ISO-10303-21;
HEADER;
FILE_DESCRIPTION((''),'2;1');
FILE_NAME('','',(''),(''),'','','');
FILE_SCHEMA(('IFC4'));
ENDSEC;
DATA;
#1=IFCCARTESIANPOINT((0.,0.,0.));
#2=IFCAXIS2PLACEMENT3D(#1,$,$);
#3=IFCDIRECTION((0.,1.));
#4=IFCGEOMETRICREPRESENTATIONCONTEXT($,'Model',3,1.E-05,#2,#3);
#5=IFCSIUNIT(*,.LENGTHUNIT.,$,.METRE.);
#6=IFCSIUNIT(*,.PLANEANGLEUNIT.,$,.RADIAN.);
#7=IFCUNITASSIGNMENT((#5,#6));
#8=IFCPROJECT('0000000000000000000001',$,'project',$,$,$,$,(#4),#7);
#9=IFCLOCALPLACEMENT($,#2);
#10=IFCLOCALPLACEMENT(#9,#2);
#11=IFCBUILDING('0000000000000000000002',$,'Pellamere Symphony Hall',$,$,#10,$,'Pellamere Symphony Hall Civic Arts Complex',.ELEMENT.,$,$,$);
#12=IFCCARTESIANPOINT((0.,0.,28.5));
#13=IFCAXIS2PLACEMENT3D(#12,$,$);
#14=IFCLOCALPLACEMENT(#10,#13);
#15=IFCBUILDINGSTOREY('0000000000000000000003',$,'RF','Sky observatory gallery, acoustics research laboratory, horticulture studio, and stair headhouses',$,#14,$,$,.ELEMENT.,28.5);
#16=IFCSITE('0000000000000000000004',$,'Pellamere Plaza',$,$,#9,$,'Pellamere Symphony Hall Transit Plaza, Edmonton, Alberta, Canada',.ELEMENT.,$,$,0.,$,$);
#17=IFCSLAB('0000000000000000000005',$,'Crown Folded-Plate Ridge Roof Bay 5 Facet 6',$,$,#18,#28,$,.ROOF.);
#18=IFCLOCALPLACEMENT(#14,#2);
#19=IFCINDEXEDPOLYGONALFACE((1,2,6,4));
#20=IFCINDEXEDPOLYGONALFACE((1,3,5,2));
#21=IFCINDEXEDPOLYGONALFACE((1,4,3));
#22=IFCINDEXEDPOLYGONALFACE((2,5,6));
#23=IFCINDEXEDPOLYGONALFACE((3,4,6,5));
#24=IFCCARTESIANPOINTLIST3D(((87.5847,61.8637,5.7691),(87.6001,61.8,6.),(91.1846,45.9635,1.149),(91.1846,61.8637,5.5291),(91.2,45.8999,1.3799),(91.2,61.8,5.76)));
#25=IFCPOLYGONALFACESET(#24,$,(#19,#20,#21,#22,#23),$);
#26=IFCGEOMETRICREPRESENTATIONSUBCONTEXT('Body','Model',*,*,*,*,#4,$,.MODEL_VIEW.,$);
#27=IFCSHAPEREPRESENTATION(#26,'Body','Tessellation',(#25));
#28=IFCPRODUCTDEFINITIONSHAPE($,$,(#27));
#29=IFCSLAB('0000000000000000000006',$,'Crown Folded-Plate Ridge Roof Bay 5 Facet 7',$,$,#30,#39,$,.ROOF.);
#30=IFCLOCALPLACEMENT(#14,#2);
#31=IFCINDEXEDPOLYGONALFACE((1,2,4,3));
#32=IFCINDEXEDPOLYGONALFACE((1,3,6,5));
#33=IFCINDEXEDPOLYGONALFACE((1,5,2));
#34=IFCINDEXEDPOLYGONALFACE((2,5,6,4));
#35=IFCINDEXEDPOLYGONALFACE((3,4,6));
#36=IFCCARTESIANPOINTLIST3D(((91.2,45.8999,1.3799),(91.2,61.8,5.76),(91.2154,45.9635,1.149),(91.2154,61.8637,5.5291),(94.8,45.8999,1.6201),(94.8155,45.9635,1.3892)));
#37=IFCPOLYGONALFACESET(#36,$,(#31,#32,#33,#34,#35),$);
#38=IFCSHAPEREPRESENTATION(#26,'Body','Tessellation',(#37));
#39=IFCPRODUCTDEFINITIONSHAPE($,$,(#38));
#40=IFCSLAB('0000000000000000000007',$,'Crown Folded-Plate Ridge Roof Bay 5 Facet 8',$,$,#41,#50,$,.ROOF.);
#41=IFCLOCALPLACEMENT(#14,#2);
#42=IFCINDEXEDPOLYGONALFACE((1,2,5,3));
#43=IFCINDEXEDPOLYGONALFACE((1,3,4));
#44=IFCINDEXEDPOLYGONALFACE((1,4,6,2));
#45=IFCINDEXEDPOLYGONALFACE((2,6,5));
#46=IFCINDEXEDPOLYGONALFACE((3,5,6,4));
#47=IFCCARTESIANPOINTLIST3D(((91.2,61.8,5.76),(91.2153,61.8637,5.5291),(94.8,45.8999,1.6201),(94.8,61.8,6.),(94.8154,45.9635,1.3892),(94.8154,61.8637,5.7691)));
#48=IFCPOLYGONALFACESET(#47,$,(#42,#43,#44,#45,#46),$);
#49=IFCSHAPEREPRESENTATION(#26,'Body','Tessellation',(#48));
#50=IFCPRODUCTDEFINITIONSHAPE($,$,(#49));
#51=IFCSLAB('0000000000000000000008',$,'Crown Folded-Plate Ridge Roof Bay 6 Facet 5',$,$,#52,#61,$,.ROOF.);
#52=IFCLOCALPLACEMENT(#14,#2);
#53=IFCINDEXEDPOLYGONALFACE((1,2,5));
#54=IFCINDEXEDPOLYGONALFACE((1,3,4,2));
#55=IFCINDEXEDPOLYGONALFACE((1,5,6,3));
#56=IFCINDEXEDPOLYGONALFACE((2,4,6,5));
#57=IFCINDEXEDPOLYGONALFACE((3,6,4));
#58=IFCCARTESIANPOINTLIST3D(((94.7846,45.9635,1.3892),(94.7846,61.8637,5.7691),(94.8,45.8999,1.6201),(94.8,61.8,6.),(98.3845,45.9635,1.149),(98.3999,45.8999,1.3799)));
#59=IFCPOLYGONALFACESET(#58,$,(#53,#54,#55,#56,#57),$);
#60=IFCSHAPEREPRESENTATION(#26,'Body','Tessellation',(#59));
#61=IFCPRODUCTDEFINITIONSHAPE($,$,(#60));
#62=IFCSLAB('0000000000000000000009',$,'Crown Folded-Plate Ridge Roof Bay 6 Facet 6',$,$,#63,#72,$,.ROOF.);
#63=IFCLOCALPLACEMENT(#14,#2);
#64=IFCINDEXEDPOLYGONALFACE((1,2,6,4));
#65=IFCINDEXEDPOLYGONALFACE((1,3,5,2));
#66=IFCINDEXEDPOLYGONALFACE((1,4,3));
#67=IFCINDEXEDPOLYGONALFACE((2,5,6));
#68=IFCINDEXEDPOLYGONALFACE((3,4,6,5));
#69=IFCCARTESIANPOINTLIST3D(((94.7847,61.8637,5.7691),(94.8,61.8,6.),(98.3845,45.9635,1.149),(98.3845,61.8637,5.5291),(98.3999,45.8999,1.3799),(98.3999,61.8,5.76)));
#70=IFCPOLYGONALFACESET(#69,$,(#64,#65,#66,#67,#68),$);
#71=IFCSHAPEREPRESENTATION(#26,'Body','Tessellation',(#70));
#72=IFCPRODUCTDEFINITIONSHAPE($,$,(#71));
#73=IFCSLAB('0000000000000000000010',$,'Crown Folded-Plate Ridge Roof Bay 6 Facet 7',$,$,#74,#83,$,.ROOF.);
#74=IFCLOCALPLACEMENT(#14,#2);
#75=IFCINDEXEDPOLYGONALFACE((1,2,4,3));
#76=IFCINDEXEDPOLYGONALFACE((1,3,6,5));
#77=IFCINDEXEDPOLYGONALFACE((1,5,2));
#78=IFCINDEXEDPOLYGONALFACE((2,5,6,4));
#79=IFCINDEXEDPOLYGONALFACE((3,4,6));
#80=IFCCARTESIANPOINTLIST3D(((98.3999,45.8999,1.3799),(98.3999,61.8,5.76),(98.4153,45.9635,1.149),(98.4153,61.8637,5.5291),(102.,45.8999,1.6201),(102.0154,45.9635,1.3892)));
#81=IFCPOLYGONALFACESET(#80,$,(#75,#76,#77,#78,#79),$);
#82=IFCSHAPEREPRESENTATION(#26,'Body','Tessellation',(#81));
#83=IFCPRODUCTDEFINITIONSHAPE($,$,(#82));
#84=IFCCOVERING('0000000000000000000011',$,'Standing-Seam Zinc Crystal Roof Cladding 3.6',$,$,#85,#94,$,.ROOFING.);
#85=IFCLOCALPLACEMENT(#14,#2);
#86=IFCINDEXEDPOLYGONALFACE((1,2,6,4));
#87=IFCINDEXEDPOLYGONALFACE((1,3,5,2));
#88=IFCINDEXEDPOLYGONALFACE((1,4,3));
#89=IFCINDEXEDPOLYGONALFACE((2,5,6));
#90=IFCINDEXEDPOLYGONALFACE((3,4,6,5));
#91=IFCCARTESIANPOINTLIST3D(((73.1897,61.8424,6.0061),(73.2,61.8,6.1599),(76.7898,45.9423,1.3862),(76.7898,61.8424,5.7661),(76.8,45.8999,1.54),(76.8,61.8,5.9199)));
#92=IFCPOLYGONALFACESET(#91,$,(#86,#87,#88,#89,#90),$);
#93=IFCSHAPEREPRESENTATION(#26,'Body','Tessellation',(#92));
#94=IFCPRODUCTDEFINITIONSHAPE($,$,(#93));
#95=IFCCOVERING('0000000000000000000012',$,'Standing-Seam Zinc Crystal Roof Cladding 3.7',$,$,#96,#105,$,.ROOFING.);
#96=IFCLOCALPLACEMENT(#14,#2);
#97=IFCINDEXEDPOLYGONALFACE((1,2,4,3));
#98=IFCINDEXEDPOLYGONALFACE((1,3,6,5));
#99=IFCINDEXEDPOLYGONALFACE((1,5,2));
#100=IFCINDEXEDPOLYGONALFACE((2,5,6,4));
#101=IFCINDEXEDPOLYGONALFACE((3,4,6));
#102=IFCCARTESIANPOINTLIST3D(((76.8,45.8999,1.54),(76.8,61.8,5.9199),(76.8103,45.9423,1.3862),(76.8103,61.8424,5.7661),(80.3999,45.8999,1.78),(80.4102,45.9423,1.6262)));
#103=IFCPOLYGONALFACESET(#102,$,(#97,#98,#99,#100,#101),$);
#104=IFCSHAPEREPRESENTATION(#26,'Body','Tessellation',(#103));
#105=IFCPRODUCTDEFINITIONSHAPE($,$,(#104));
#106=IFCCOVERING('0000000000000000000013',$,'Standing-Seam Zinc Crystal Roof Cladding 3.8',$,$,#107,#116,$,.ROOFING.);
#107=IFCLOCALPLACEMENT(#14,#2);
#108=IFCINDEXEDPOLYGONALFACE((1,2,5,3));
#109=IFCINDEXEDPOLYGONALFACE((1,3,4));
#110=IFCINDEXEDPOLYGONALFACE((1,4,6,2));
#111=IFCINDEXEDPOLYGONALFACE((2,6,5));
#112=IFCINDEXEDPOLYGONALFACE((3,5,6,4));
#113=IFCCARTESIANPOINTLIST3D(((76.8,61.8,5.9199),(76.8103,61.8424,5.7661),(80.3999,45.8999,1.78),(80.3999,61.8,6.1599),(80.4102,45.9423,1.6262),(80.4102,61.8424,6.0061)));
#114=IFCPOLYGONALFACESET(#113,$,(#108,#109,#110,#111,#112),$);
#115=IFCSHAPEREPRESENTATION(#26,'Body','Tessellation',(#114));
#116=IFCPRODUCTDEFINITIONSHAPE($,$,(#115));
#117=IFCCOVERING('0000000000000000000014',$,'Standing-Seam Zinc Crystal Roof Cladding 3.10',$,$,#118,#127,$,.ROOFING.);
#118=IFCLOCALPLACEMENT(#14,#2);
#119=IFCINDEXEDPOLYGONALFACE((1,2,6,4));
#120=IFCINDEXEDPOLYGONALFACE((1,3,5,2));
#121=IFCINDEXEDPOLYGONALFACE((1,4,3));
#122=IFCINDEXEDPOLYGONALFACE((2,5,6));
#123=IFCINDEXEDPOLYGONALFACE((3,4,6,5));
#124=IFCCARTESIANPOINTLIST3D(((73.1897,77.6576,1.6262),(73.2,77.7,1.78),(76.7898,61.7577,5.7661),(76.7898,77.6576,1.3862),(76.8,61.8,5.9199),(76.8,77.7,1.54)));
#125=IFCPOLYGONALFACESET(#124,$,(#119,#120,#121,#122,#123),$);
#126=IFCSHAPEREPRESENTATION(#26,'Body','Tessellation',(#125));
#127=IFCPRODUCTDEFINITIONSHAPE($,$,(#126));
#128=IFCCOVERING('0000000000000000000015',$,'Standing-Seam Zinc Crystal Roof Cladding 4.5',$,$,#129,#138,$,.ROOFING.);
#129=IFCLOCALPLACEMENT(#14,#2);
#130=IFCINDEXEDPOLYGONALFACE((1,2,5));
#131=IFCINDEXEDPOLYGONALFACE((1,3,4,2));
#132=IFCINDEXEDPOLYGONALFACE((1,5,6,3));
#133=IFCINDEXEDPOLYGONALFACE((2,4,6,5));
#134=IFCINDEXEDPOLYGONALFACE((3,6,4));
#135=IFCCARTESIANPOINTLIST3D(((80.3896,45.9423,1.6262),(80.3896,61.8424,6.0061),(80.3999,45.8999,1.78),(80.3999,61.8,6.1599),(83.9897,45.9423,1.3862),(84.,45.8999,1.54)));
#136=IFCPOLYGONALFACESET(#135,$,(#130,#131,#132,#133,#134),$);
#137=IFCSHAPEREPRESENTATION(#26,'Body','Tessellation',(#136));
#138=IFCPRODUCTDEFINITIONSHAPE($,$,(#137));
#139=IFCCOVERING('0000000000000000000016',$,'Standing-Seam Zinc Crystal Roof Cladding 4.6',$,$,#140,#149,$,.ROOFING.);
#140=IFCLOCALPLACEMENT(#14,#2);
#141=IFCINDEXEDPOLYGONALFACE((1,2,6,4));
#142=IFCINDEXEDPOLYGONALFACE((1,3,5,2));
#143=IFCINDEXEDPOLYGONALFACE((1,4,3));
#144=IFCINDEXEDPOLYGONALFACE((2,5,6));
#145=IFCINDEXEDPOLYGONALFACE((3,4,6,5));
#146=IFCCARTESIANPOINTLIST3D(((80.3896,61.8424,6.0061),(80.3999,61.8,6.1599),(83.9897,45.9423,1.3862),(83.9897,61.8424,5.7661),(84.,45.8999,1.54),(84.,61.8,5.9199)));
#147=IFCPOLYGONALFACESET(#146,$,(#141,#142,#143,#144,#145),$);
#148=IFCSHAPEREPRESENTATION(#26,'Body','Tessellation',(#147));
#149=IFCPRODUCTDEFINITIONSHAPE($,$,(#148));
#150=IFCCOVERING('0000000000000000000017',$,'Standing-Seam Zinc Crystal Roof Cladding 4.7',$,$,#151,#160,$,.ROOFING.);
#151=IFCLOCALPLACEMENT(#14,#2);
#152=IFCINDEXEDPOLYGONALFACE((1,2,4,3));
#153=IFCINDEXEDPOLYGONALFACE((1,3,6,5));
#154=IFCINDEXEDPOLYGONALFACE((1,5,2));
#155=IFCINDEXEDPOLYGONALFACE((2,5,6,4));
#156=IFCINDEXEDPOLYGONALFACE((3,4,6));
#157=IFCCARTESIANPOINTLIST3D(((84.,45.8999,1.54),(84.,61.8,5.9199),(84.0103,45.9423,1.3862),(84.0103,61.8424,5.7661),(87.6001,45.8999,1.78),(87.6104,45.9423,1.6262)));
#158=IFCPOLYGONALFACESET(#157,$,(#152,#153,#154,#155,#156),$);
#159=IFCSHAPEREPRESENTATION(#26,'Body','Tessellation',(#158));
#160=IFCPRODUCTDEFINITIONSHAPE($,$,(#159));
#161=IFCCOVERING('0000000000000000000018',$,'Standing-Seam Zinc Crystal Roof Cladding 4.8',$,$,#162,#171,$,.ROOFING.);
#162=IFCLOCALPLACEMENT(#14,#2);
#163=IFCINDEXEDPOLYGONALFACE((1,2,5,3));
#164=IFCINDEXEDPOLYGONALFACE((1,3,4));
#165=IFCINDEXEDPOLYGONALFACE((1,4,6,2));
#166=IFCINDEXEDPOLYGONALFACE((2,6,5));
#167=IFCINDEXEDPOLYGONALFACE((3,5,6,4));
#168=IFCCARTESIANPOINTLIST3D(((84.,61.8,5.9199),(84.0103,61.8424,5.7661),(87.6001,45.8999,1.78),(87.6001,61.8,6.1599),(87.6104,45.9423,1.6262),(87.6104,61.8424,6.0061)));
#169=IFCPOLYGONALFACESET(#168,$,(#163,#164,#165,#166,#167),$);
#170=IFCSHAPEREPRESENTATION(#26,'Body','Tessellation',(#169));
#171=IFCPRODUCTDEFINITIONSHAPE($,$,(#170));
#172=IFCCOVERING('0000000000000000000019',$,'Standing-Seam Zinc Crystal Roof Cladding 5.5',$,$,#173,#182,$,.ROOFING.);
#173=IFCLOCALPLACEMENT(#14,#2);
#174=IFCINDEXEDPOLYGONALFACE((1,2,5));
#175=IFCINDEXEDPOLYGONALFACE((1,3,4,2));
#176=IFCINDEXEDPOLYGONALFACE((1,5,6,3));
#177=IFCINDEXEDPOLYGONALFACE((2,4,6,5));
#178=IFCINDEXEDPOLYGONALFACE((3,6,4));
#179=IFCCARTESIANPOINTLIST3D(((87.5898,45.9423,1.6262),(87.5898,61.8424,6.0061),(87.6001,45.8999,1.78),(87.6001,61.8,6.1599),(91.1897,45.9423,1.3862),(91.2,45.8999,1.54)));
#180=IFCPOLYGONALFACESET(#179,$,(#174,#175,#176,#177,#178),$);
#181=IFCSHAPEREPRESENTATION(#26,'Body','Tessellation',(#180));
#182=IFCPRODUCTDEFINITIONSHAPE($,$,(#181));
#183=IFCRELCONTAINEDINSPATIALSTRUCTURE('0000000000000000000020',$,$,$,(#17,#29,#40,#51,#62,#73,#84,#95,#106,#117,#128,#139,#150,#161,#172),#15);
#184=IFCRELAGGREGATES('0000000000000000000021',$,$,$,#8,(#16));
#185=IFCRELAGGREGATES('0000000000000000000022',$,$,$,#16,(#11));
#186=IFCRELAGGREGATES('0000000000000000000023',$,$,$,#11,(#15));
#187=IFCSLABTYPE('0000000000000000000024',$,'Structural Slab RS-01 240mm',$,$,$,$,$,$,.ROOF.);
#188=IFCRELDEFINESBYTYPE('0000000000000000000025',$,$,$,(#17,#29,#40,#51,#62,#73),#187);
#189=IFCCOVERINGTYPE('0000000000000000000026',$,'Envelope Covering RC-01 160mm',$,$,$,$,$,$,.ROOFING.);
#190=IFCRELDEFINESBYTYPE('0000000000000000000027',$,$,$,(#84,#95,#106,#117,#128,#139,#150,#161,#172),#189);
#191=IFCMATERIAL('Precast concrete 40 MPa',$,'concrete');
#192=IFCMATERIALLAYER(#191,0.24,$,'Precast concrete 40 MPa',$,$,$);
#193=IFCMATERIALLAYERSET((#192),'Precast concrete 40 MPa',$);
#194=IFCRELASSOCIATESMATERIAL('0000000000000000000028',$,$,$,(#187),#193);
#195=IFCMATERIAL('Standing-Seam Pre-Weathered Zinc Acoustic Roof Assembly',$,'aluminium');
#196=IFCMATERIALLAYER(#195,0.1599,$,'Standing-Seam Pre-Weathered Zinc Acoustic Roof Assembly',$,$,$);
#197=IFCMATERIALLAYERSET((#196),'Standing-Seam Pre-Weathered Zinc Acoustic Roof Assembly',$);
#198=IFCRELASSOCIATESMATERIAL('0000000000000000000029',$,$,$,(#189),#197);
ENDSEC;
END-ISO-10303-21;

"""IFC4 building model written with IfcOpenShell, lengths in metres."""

from ifc_helpers import new_model, si_unit, direction, frame, origin, place, context, subcontext, project, spatial, polyline, outline, extrude, material, layer, layer_set, type_object, element, save


model = new_model("IFC4")

# Units and contexts
model_context = context("Model", 3, precision=1e-05, world=origin(), true_north=direction((0.0, 1.0)))
body_context = subcontext(model_context, "Body", "Model", "MODEL_VIEW")
ifc_project = project(units=[si_unit("LENGTHUNIT", "METRE"), si_unit("PLANEANGLEUNIT", "RADIAN")], contexts=[model_context])

# Site, building, storey
site_placement = place(None, origin())
site = spatial("IfcSite", under=ifc_project, at=site_placement, Name="Pellamere Plaza", LongName="Pellamere Symphony Hall Transit Plaza, Edmonton, Alberta, Canada", CompositionType="ELEMENT", RefElevation=0.0)
building_placement = place(site_placement, origin())
building = spatial("IfcBuilding", under=site, at=building_placement, Name="Pellamere Symphony Hall", LongName="Pellamere Symphony Hall Civic Arts Complex", CompositionType="ELEMENT")
storey_placement = place(building_placement, frame((0.0, 0.0, 28.5)))
storey = spatial("IfcBuildingStorey", under=building, at=storey_placement, Name="RF", Description="Sky observatory gallery, acoustics research laboratory, horticulture studio, and stair headhouses", CompositionType="ELEMENT", Elevation=28.5)

# Slabs
ifc_material_1 = material(Name="Precast concrete 40 MPa", Category="concrete")
ifc_layer_1 = layer(ifc_material_1, 0.24, Name="Precast concrete 40 MPa")
ifc_layer_set_1 = layer_set([ifc_layer_1], Name="Precast concrete 40 MPa")
slab_type = type_object("IfcSlabType", Name="Structural Slab RS-01 240mm", PredefinedType="ROOF", material=ifc_layer_set_1)
slab_1_placement = place(storey_placement, frame((91.2, 45.8999, 1.3799), z_axis=(0.06414, -0.265037, 0.962103), x_axis=(0.0, 0.964088, 0.265584)))
element("IfcSlab", 1, at=slab_1_placement, inside=storey, type_object=slab_type, Name="Crown Folded-Plate Ridge Roof Bay 5 Facet 6", PredefinedType="ROOF", context=body_context, shape_type="SweptSolid", body=[
    extrude(outline(polyline([(0.0, 0.0), (16.4924, 0.0), (16.5562, 3.6073), (0.0, 0.0)])), origin(), (0.0, 0.0, -1.0), 0.24),
])
slab_2_placement = place(storey_placement, frame((91.2, 45.8999, 1.3799), z_axis=(-0.064201, -0.265036, 0.962099), x_axis=(0.997781, 0.0, 0.066582)))
element("IfcSlab", 2, at=slab_2_placement, inside=storey, type_object=slab_type, Name="Crown Folded-Plate Ridge Roof Bay 5 Facet 7", PredefinedType="ROOF", context=body_context, shape_type="SweptSolid", body=[
    extrude(outline(polyline([(0.0, 0.0), (3.6081, 0.0), (0.2916, 16.4898), (0.0, 0.0)])), origin(), (0.0, 0.0, -1.0), 0.24),
])
slab_3_placement = place(storey_placement, frame((94.8, 45.8999, 1.6201), z_axis=(-0.064136, -0.265024, 0.962107), x_axis=(0.0, 0.964091, 0.26557)))
element("IfcSlab", 3, at=slab_3_placement, inside=storey, type_object=slab_type, Name="Crown Folded-Plate Ridge Roof Bay 5 Facet 8", PredefinedType="ROOF", context=body_context, shape_type="SweptSolid", body=[
    extrude(outline(polyline([(0.0, 0.0), (16.4924, 0.0), (16.4286, 3.6075), (0.0, 0.0)])), origin(), (0.0, 0.0, -1.0), 0.24),
])
slab_4_placement = place(storey_placement, frame((94.8, 45.8999, 1.6201), z_axis=(0.064205, -0.265022, 0.962102), x_axis=(0.997781, 0.0, -0.066586)))
element("IfcSlab", 4, at=slab_4_placement, inside=storey, type_object=slab_type, Name="Crown Folded-Plate Ridge Roof Bay 6 Facet 5", PredefinedType="ROOF", context=body_context, shape_type="SweptSolid", body=[
    extrude(outline(polyline([(0.0, 0.0), (3.6079, 0.0), (-0.2916, 16.4898), (0.0, 0.0)])), origin(), (0.0, 0.0, -1.0), 0.24),
])
slab_5_placement = place(storey_placement, frame((98.3999, 45.8999, 1.3799), z_axis=(0.06414, -0.265037, 0.962103), x_axis=(0.0, 0.964088, 0.265584)))
element("IfcSlab", 5, at=slab_5_placement, inside=storey, type_object=slab_type, Name="Crown Folded-Plate Ridge Roof Bay 6 Facet 6", PredefinedType="ROOF", context=body_context, shape_type="SweptSolid", body=[
    extrude(outline(polyline([(0.0, 0.0), (16.4924, 0.0), (16.5562, 3.6073), (0.0, 0.0)])), origin(), (0.0, 0.0, -1.0), 0.24),
])
slab_6_placement = place(storey_placement, frame((98.3999, 45.8999, 1.3799), z_axis=(-0.064201, -0.265036, 0.962099), x_axis=(0.997781, 0.0, 0.066582)))
element("IfcSlab", 6, at=slab_6_placement, inside=storey, type_object=slab_type, Name="Crown Folded-Plate Ridge Roof Bay 6 Facet 7", PredefinedType="ROOF", context=body_context, shape_type="SweptSolid", body=[
    extrude(outline(polyline([(0.0, 0.0), (3.6081, 0.0), (0.2916, 16.4898), (0.0, 0.0)])), origin(), (0.0, 0.0, -1.0), 0.24),
])

# Coverings
ifc_material_2 = material(Name="Standing-Seam Pre-Weathered Zinc Acoustic Roof Assembly", Category="aluminium")
ifc_layer_2 = layer(ifc_material_2, 0.1599, Name="Standing-Seam Pre-Weathered Zinc Acoustic Roof Assembly")
ifc_layer_set_2 = layer_set([ifc_layer_2], Name="Standing-Seam Pre-Weathered Zinc Acoustic Roof Assembly")
covering_type = type_object("IfcCoveringType", Name="Envelope Covering RC-01 160mm", PredefinedType="ROOFING", material=ifc_layer_set_2)
covering_1_placement = place(storey_placement, frame((76.8, 45.8999, 1.54), z_axis=(0.064136, -0.265024, 0.962107), x_axis=(0.0, 0.964091, 0.26557)))
element("IfcCovering", 7, at=covering_1_placement, inside=storey, type_object=covering_type, Name="Standing-Seam Zinc Crystal Roof Cladding 3.6", PredefinedType="ROOFING", context=body_context, shape_type="SweptSolid", body=[
    extrude(outline(polyline([(0.0, 0.0), (16.4924, 0.0), (16.5561, 3.6075), (0.0, 0.0)])), origin(), (0.0, 0.0, -1.0), 0.1599),
])
covering_2_placement = place(storey_placement, frame((76.8, 45.8999, 1.54), z_axis=(-0.06414, -0.265024, 0.962106), x_axis=(0.997785, 0.0, 0.066519)))
element("IfcCovering", 8, at=covering_2_placement, inside=storey, type_object=covering_type, Name="Standing-Seam Zinc Crystal Roof Cladding 3.7", PredefinedType="ROOFING", context=body_context, shape_type="SweptSolid", body=[
    extrude(outline(polyline([(0.0, 0.0), (3.6078, 0.0), (0.2913, 16.4898), (0.0, 0.0)])), origin(), (0.0, 0.0, -1.0), 0.1599),
])
covering_3_placement = place(storey_placement, frame((80.3999, 45.8999, 1.78), z_axis=(-0.06414, -0.265024, 0.962106), x_axis=(0.0, 0.964091, 0.26557)))
element("IfcCovering", 9, at=covering_3_placement, inside=storey, type_object=covering_type, Name="Standing-Seam Zinc Crystal Roof Cladding 3.8", PredefinedType="ROOFING", context=body_context, shape_type="SweptSolid", body=[
    extrude(outline(polyline([(0.0, 0.0), (16.4924, 0.0), (16.4286, 3.6073), (0.0, 0.0)])), origin(), (0.0, 0.0, -1.0), 0.1599),
])
covering_4_placement = place(storey_placement, frame((76.8, 61.8, 5.9199), z_axis=(0.064136, 0.265027, 0.962106), x_axis=(0.0, 0.96409, -0.265574)))
element("IfcCovering", 10, at=covering_4_placement, inside=storey, type_object=covering_type, Name="Standing-Seam Zinc Crystal Roof Cladding 3.10", PredefinedType="ROOFING", context=body_context, shape_type="SweptSolid", body=[
    extrude(outline(polyline([(0.0, 0.0), (16.4921, 0.0), (16.4284, 3.6075), (0.0, 0.0)])), origin(), (0.0, 0.0, -1.0), 0.1599),
])
covering_5_placement = place(storey_placement, frame((80.3999, 45.8999, 1.78), z_axis=(0.064136, -0.265024, 0.962107), x_axis=(0.997785, 0.0, -0.066515)))
element("IfcCovering", 11, at=covering_5_placement, inside=storey, type_object=covering_type, Name="Standing-Seam Zinc Crystal Roof Cladding 4.5", PredefinedType="ROOFING", context=body_context, shape_type="SweptSolid", body=[
    extrude(outline(polyline([(0.0, 0.0), (3.6081, 0.0), (-0.2913, 16.4898), (0.0, 0.0)])), origin(), (0.0, 0.0, -1.0), 0.1599),
])
covering_6_placement = place(storey_placement, frame((84.0, 45.8999, 1.54), z_axis=(0.064136, -0.265024, 0.962107), x_axis=(0.0, 0.964091, 0.26557)))
element("IfcCovering", 12, at=covering_6_placement, inside=storey, type_object=covering_type, Name="Standing-Seam Zinc Crystal Roof Cladding 4.6", PredefinedType="ROOFING", context=body_context, shape_type="SweptSolid", body=[
    extrude(outline(polyline([(0.0, 0.0), (16.4924, 0.0), (16.5561, 3.6075), (0.0, 0.0)])), origin(), (0.0, 0.0, -1.0), 0.1599),
])
covering_7_placement = place(storey_placement, frame((84.0, 45.8999, 1.54), z_axis=(-0.064136, -0.265024, 0.962107), x_axis=(0.997785, 0.0, 0.066515)))
element("IfcCovering", 13, at=covering_7_placement, inside=storey, type_object=covering_type, Name="Standing-Seam Zinc Crystal Roof Cladding 4.7", PredefinedType="ROOFING", context=body_context, shape_type="SweptSolid", body=[
    extrude(outline(polyline([(0.0, 0.0), (3.6081, 0.0), (0.2913, 16.4898), (0.0, 0.0)])), origin(), (0.0, 0.0, -1.0), 0.1599),
])
covering_8_placement = place(storey_placement, frame((87.6001, 45.8999, 1.78), z_axis=(-0.064136, -0.265024, 0.962107), x_axis=(0.0, 0.964091, 0.26557)))
element("IfcCovering", 14, at=covering_8_placement, inside=storey, type_object=covering_type, Name="Standing-Seam Zinc Crystal Roof Cladding 4.8", PredefinedType="ROOFING", context=body_context, shape_type="SweptSolid", body=[
    extrude(outline(polyline([(0.0, 0.0), (16.4924, 0.0), (16.4286, 3.6075), (0.0, 0.0)])), origin(), (0.0, 0.0, -1.0), 0.1599),
])
covering_9_placement = place(storey_placement, frame((87.6001, 45.8999, 1.78), z_axis=(0.06414, -0.265024, 0.962106), x_axis=(0.997785, 0.0, -0.066519)))
element("IfcCovering", 15, at=covering_9_placement, inside=storey, type_object=covering_type, Name="Standing-Seam Zinc Crystal Roof Cladding 5.5", PredefinedType="ROOFING", context=body_context, shape_type="SweptSolid", body=[
    extrude(outline(polyline([(0.0, 0.0), (3.6078, 0.0), (-0.2913, 16.4898), (0.0, 0.0)])), origin(), (0.0, 0.0, -1.0), 0.1599),
])

save(model, "model.ifc")
